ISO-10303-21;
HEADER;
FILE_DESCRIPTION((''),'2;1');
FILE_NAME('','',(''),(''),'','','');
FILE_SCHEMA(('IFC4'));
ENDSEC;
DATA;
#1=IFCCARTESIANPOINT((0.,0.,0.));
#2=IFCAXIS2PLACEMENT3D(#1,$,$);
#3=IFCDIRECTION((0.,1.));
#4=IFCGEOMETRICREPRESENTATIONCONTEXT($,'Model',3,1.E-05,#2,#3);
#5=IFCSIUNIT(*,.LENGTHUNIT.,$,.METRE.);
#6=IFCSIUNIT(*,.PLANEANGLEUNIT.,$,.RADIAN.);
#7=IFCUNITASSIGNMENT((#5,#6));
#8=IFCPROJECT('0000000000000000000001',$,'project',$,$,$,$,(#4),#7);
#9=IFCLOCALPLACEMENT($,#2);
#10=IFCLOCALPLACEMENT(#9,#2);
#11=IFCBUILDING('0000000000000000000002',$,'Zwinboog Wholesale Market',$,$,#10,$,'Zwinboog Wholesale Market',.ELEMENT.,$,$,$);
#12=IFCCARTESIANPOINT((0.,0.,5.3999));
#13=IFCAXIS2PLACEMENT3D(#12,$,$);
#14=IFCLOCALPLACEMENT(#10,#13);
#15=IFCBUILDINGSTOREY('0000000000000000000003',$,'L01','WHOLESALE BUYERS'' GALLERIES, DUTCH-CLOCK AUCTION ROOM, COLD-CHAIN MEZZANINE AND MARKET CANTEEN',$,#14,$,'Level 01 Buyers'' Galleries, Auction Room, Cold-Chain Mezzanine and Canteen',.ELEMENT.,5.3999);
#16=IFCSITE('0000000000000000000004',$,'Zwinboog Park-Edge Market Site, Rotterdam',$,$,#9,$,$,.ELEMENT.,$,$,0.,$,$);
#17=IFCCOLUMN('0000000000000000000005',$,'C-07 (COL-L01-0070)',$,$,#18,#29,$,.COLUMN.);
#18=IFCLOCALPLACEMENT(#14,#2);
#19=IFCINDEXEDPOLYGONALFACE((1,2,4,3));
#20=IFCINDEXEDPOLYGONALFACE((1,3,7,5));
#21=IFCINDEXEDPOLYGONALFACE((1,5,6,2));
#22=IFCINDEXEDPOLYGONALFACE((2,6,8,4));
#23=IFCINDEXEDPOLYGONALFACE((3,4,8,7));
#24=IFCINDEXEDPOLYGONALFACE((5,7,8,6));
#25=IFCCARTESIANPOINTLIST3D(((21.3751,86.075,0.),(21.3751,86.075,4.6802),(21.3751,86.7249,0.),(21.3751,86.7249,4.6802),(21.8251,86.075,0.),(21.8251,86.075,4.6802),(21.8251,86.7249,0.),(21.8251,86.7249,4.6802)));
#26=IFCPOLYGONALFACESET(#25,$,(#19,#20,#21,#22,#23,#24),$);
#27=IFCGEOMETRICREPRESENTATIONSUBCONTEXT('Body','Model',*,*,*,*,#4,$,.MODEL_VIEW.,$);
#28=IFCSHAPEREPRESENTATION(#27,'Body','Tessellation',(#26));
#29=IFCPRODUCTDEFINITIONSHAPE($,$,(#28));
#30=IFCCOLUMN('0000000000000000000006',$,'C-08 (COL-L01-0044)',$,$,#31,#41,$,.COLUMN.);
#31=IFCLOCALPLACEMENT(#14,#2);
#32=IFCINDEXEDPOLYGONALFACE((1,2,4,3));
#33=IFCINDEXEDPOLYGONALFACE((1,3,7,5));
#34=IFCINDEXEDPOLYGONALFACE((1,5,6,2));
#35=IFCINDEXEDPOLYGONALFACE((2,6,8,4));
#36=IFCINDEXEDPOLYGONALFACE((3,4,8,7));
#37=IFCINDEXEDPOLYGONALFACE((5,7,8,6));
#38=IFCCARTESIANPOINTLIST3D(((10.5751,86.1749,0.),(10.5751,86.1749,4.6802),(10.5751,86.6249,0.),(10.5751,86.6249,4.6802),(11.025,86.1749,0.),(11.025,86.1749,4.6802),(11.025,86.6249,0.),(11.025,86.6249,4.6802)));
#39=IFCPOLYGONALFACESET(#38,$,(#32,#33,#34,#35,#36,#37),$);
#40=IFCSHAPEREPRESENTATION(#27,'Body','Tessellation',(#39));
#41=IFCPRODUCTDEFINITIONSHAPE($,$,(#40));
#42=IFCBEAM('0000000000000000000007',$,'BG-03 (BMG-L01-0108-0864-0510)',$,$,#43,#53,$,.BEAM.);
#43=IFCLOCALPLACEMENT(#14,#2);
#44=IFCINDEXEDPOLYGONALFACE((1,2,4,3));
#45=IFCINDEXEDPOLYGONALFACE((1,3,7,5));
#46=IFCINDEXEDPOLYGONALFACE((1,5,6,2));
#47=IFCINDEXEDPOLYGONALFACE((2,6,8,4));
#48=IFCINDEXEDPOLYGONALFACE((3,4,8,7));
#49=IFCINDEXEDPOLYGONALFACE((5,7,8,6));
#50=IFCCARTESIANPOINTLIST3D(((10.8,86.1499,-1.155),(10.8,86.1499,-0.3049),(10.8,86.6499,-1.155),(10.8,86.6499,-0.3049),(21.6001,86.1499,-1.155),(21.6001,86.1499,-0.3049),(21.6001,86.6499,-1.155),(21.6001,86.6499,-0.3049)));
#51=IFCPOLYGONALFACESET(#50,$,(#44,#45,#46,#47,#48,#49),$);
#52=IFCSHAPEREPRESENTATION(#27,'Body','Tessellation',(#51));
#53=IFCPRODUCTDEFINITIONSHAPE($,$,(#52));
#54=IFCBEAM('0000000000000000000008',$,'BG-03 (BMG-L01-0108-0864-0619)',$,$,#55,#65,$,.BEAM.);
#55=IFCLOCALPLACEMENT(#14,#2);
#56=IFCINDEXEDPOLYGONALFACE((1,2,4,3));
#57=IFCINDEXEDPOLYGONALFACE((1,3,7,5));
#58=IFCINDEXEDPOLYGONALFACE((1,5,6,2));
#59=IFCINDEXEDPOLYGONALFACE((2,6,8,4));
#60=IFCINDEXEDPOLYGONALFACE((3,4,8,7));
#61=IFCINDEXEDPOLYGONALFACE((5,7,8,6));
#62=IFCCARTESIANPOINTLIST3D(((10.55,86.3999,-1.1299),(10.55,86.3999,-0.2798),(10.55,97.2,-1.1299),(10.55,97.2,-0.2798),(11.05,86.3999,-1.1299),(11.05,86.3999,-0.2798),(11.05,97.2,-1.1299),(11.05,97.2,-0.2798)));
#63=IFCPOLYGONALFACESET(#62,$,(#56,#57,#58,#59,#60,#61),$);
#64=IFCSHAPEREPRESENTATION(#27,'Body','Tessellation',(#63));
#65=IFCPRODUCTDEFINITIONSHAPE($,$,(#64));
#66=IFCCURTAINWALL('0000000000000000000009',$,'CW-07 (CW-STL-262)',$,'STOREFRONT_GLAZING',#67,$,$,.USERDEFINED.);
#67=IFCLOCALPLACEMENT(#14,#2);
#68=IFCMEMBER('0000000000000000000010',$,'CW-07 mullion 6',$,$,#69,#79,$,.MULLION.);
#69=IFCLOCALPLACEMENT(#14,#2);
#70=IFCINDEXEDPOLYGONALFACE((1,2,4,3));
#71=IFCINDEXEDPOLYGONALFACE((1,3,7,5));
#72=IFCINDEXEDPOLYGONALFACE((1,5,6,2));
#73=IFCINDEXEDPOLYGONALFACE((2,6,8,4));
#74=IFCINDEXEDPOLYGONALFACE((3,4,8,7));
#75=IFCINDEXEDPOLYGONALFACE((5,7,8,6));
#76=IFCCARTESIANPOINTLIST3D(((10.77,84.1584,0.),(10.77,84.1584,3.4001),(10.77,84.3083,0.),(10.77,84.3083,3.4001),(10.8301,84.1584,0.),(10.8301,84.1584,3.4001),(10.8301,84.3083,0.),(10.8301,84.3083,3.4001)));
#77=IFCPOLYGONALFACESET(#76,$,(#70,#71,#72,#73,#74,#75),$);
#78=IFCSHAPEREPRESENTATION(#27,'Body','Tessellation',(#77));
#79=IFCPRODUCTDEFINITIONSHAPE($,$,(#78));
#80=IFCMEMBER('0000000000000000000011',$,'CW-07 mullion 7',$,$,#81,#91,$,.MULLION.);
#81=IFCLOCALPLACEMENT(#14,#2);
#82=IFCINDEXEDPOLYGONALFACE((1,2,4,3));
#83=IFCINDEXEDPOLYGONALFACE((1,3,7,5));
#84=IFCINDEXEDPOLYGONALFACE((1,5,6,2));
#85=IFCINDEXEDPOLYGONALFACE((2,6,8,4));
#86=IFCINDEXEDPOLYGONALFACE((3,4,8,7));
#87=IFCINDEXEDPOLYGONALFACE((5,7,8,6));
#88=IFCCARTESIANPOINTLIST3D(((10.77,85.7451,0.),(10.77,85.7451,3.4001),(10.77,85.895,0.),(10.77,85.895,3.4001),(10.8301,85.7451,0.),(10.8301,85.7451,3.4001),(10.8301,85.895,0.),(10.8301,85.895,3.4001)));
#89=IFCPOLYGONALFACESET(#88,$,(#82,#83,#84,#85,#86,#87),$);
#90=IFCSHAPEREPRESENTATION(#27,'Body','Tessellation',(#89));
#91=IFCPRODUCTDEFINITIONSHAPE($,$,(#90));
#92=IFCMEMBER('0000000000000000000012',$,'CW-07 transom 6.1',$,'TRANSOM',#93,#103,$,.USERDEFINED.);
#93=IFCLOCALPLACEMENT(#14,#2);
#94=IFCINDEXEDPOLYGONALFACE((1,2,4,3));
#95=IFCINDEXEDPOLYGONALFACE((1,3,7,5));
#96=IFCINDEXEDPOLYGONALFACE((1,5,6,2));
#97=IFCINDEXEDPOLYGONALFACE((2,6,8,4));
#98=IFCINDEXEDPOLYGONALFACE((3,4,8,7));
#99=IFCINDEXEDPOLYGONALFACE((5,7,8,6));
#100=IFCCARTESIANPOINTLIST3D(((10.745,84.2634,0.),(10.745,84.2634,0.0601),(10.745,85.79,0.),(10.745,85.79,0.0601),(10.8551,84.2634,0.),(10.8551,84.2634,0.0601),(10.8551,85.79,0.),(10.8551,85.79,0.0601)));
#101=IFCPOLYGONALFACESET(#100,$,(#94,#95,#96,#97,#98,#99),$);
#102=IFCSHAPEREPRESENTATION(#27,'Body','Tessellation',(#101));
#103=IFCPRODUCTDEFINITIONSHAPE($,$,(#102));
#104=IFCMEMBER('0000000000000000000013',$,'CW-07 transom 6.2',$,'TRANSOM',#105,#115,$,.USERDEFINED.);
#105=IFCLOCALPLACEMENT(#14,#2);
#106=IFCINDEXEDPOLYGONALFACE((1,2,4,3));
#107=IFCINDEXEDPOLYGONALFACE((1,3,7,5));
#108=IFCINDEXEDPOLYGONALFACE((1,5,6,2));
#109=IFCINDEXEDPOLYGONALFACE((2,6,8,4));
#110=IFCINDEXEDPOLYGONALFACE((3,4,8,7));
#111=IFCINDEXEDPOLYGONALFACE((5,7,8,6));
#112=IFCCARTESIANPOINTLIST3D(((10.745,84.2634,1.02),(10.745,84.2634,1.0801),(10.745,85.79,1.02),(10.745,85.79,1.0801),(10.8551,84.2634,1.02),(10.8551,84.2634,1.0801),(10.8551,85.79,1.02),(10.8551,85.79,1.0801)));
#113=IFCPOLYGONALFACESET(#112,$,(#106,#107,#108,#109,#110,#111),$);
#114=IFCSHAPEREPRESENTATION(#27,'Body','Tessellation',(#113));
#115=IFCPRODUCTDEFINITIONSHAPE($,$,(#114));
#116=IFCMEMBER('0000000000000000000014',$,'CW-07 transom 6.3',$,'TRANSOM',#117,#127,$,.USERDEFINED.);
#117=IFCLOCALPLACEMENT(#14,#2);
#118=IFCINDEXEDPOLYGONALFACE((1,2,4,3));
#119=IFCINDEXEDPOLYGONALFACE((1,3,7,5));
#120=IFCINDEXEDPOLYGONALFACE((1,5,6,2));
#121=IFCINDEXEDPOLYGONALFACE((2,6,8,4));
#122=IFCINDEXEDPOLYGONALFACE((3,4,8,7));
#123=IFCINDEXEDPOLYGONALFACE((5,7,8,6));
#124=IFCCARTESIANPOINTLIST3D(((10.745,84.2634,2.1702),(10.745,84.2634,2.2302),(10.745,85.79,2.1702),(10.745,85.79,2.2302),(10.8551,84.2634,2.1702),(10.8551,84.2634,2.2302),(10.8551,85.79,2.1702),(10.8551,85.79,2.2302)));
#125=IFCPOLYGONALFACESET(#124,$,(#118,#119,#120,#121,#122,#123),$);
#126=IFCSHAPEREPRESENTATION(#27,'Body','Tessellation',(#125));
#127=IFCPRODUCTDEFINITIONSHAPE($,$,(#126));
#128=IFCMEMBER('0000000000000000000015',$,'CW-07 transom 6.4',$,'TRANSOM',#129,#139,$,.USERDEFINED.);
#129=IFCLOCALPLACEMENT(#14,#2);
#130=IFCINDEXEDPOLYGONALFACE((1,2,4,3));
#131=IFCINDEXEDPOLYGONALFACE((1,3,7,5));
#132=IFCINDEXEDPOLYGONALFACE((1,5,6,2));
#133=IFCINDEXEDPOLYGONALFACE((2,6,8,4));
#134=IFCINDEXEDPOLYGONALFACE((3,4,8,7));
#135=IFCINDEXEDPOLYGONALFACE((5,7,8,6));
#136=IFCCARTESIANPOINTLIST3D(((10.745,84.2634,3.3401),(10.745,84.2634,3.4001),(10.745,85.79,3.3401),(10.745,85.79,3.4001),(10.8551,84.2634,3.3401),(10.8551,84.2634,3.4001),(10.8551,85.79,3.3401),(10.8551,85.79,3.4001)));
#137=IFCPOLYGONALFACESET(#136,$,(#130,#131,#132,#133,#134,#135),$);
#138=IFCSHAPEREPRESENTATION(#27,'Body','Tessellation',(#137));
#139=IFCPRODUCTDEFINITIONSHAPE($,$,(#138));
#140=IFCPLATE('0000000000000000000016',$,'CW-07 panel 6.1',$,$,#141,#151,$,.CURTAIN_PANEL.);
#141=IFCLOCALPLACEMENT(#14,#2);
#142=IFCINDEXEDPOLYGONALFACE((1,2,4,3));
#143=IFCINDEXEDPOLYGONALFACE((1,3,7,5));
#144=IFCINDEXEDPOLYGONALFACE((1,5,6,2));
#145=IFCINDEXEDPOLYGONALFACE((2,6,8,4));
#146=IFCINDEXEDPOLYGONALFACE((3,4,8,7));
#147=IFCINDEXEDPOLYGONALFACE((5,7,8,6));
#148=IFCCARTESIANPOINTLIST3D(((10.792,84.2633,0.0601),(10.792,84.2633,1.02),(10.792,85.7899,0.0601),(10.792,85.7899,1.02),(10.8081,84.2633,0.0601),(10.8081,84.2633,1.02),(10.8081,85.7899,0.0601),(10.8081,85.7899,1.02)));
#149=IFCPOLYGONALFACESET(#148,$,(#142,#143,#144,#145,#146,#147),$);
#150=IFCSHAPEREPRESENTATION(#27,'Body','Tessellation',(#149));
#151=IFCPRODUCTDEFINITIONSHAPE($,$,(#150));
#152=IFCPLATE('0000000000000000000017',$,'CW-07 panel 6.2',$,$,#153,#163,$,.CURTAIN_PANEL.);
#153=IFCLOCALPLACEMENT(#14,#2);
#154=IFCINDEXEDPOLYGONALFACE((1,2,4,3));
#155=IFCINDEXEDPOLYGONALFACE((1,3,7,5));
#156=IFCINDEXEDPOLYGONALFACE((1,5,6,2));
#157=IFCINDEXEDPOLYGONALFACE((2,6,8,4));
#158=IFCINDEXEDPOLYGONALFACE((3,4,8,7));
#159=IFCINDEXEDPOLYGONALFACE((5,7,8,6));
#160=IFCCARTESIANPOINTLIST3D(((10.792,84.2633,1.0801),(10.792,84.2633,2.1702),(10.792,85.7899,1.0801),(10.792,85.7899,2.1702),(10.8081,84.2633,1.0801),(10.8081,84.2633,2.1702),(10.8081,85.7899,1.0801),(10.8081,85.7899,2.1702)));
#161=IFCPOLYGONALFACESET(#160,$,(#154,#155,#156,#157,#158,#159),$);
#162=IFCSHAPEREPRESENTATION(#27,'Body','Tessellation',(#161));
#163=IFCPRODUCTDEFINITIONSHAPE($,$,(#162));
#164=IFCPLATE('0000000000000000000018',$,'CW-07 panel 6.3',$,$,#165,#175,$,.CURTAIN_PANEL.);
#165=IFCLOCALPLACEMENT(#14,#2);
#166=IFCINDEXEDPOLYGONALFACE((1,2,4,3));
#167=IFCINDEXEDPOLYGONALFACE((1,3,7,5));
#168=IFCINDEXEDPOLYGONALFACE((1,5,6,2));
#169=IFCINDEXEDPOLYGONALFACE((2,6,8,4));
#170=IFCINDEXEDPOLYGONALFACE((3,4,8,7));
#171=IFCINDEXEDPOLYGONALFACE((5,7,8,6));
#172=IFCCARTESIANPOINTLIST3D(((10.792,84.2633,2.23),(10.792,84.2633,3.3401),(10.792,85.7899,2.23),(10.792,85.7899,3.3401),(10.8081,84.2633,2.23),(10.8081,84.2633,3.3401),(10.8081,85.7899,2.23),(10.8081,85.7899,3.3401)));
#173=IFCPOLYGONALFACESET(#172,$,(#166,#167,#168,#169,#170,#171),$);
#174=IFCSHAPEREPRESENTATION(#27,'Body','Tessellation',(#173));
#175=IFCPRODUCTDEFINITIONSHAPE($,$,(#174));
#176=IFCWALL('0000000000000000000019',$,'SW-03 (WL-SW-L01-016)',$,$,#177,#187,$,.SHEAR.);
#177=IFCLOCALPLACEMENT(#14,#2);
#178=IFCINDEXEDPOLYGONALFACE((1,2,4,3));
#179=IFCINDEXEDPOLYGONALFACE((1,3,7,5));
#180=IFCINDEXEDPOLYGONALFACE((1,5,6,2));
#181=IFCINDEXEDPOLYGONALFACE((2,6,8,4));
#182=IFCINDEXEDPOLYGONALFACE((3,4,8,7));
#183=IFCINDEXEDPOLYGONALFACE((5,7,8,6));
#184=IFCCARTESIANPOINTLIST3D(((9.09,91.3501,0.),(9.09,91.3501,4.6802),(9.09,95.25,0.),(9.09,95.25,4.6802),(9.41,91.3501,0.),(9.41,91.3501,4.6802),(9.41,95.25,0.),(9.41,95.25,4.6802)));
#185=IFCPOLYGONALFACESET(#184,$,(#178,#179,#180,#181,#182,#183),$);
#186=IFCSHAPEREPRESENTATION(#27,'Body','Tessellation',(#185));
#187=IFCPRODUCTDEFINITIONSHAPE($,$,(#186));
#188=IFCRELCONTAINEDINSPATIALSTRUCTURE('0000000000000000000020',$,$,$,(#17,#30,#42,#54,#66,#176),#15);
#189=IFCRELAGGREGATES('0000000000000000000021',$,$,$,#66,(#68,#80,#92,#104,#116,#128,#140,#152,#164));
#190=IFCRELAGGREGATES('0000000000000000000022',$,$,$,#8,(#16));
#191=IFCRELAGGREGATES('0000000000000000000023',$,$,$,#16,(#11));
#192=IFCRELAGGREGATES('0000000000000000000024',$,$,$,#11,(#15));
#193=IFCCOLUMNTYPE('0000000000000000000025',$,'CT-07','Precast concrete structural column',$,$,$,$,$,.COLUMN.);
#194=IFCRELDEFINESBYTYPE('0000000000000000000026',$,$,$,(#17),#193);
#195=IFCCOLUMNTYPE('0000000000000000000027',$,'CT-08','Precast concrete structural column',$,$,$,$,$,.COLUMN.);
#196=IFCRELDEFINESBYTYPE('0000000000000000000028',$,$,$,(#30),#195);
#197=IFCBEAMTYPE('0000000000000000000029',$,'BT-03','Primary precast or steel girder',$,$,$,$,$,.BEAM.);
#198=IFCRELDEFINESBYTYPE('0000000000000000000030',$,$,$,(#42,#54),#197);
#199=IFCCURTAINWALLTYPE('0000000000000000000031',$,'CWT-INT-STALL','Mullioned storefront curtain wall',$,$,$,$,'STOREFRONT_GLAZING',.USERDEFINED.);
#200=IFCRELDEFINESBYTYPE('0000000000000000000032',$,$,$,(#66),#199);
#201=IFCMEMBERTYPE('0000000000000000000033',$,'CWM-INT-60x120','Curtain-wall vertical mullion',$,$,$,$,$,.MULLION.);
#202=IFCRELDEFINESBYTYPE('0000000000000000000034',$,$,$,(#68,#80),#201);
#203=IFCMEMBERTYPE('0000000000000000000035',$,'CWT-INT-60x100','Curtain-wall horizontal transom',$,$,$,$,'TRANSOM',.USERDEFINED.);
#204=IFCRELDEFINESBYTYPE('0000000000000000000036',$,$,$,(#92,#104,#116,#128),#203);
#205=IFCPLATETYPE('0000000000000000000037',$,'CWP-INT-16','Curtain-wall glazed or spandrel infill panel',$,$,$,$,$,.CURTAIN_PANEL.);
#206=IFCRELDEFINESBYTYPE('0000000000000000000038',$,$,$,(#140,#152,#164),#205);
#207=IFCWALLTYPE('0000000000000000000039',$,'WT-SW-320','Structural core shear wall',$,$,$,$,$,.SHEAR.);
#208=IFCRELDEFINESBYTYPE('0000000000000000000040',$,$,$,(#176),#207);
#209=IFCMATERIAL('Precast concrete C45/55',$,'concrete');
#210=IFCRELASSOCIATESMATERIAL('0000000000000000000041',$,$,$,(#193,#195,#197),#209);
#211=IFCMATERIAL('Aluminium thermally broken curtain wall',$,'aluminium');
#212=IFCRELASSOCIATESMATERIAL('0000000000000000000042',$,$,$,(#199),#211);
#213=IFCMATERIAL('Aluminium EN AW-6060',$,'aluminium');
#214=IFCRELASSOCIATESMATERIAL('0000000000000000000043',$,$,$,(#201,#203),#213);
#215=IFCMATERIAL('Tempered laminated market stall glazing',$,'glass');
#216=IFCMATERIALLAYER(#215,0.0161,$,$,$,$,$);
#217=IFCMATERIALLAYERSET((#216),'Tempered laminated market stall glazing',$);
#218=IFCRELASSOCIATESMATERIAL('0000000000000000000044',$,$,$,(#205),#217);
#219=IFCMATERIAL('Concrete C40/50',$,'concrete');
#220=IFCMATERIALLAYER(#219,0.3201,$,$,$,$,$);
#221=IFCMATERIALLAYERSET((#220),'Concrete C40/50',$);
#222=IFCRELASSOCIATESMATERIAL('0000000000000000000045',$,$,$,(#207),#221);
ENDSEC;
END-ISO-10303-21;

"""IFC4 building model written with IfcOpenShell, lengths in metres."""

from ifc_helpers import new_model, si_unit, direction, frame, frame_2d, origin, origin_2d, place, context, subcontext, project, spatial, rectangle, extrude, material, layer, layer_set, material_profile, profile_set, type_object, element, aggregate, save


model = new_model("IFC4")

# Units and contexts
model_context = context("Model", 3, precision=1e-05, world=origin(), true_north=direction((0.0, 1.0)))
body_context = subcontext(model_context, "Body", "Model", "MODEL_VIEW")
ifc_project = project(units=[si_unit("LENGTHUNIT", "METRE"), si_unit("PLANEANGLEUNIT", "RADIAN")], contexts=[model_context])

# Site, building, storey
site_placement = place(None, origin())
site = spatial("IfcSite", under=ifc_project, at=site_placement, Name="Zwinboog Park-Edge Market Site, Rotterdam", CompositionType="ELEMENT", RefElevation=0.0)
building_placement = place(site_placement, origin())
building = spatial("IfcBuilding", under=site, at=building_placement, Name="Zwinboog Wholesale Market", LongName="Zwinboog Wholesale Market", CompositionType="ELEMENT")
storey_placement = place(building_placement, frame((0.0, 0.0, 5.3999)))
storey = spatial("IfcBuildingStorey", under=building, at=storey_placement, Name="L01", Description="WHOLESALE BUYERS' GALLERIES, DUTCH-CLOCK AUCTION ROOM, COLD-CHAIN MEZZANINE AND MARKET CANTEEN", LongName="Level 01 Buyers' Galleries, Auction Room, Cold-Chain Mezzanine and Canteen", CompositionType="ELEMENT", Elevation=5.3999)

# Columns
ifc_material_1 = material(Name="Precast concrete C45/55", Category="concrete")
ifc_material_profile_1 = material_profile(ifc_material_1, rectangle(XDim=0.45, YDim=0.6499, at=origin_2d()), Name="PC 450x650")
ifc_profile_set_1 = profile_set([ifc_material_profile_1], Name="Precast concrete C45/55")
column_type_1 = type_object("IfcColumnType", Name="CT-07", Description="Precast concrete structural column", PredefinedType="COLUMN", material=ifc_profile_set_1)
column_1_placement = place(storey_placement, frame((21.6001, 86.3999, 0.0), z_axis=(0.0, 0.0, 1.0), x_axis=(1.0, 0.0, 0.0)))
element("IfcColumn", 1, at=column_1_placement, inside=storey, type_object=column_type_1, Name="C-07 (COL-L01-0070)", PredefinedType="COLUMN", context=body_context, shape_type="SweptSolid", body=[
    extrude(rectangle(XDim=0.45, YDim=0.6499, at=origin_2d()), origin(), (0.0, 0.0, 1.0), 4.6802),
])
ifc_material_profile_2 = material_profile(ifc_material_1, rectangle(XDim=0.45, YDim=0.45, at=origin_2d()), Name="PC 450x450")
ifc_profile_set_2 = profile_set([ifc_material_profile_2], Name="Precast concrete C45/55")
column_type_2 = type_object("IfcColumnType", Name="CT-08", Description="Precast concrete structural column", PredefinedType="COLUMN", material=ifc_profile_set_2)
column_2_placement = place(storey_placement, frame((10.8, 86.3999, 0.0), z_axis=(0.0, 0.0, 1.0), x_axis=(1.0, 0.0, 0.0)))
element("IfcColumn", 2, at=column_2_placement, inside=storey, type_object=column_type_2, Name="C-08 (COL-L01-0044)", PredefinedType="COLUMN", context=body_context, shape_type="SweptSolid", body=[
    extrude(rectangle(XDim=0.45, YDim=0.45, at=origin_2d()), origin(), (0.0, 0.0, 1.0), 4.6802),
])

# Beams
ifc_material_profile_3 = material_profile(ifc_material_1, rectangle(XDim=0.5, YDim=0.8501, at=origin_2d()), Name="PC 500x850")
ifc_profile_set_3 = profile_set([ifc_material_profile_3], Name="Precast concrete C45/55")
beam_type = type_object("IfcBeamType", Name="BT-03", Description="Primary precast or steel girder", PredefinedType="BEAM", material=ifc_profile_set_3)
for number, where, z_axis, x_axis, name in (
    (3, (10.8, 86.3999, -0.73), (1.0, 0.0, 0.0), (0.0, 1.0, 0.0), "BG-03 (BMG-L01-0108-0864-0510)"),
    (4, (10.8, 86.3999, -0.7048), (0.0, 1.0, 0.0), (-1.0, 0.0, 0.0), "BG-03 (BMG-L01-0108-0864-0619)"),
):
    element("IfcBeam", number, at=place(storey_placement, frame(where, z_axis=z_axis, x_axis=x_axis)), inside=storey, type_object=beam_type, Name=name, PredefinedType="BEAM", context=body_context, shape_type="SweptSolid", body=[
        extrude(rectangle(XDim=0.5, YDim=0.8501, at=origin_2d()), origin(), (0.0, 0.0, 1.0), 10.8),
    ])

# Curtain wall, members, plates
ifc_material_2 = material(Name="Aluminium thermally broken curtain wall", Category="aluminium")
curtain_wall_type = type_object("IfcCurtainWallType", Name="CWT-INT-STALL", Description="Mullioned storefront curtain wall", ElementType="STOREFRONT_GLAZING", PredefinedType="USERDEFINED", material=ifc_material_2)
curtain_wall_placement = place(storey_placement, origin())
curtain_wall = element("IfcCurtainWall", 5, at=curtain_wall_placement, inside=storey, type_object=curtain_wall_type, Name="CW-07 (CW-STL-262)", ObjectType="STOREFRONT_GLAZING", PredefinedType="USERDEFINED")
ifc_material_3 = material(Name="Aluminium EN AW-6060", Category="aluminium")
ifc_material_profile_4 = material_profile(ifc_material_3, rectangle(XDim=0.0601, YDim=0.1499, at=origin_2d()), Name="AL 60x150")
ifc_profile_set_4 = profile_set([ifc_material_profile_4], Name="Aluminium EN AW-6060")
member_type_1 = type_object("IfcMemberType", Name="CWM-INT-60x120", Description="Curtain-wall vertical mullion", PredefinedType="MULLION", material=ifc_profile_set_4)
member_1_placement = place(storey_placement, frame((10.8, 84.2334, 0.0), z_axis=(0.0, 0.0, 1.0), x_axis=(-1.0, 0.0, 0.0)))
member_1 = element("IfcMember", 6, at=member_1_placement, type_object=member_type_1, Name="CW-07 mullion 6", PredefinedType="MULLION", context=body_context, shape_type="SweptSolid", body=[
    extrude(rectangle(XDim=0.0601, YDim=0.1499, at=origin_2d()), origin(), (0.0, 0.0, 1.0), 3.4001),
])
member_2_placement = place(storey_placement, frame((10.8, 85.8201, 0.0), z_axis=(0.0, 0.0, 1.0), x_axis=(-1.0, 0.0, 0.0)))
member_2 = element("IfcMember", 7, at=member_2_placement, type_object=member_type_1, Name="CW-07 mullion 7", PredefinedType="MULLION", context=body_context, shape_type="SweptSolid", body=[
    extrude(rectangle(XDim=0.0601, YDim=0.1499, at=origin_2d()), origin(), (0.0, 0.0, 1.0), 3.4001),
])
ifc_material_profile_5 = material_profile(ifc_material_3, rectangle(XDim=0.1101, YDim=0.0601, at=origin_2d()), Name="AL 60x110")
ifc_profile_set_5 = profile_set([ifc_material_profile_5], Name="Aluminium EN AW-6060")
member_type_2 = type_object("IfcMemberType", Name="CWT-INT-60x100", Description="Curtain-wall horizontal transom", ElementType="TRANSOM", PredefinedType="USERDEFINED", material=ifc_profile_set_5)
member_3_placement = place(storey_placement, frame((10.8, 84.2634, 0.03), z_axis=(0.0, 1.0, 0.0), x_axis=(-1.0, 0.0, 0.0)))
member_3 = element("IfcMember", 8, at=member_3_placement, type_object=member_type_2, Name="CW-07 transom 6.1", ObjectType="TRANSOM", PredefinedType="USERDEFINED", context=body_context, shape_type="SweptSolid", body=[
    extrude(rectangle(XDim=0.1101, YDim=0.0601, at=origin_2d()), origin(), (0.0, 0.0, 1.0), 1.5266),
])
member_4_placement = place(storey_placement, frame((10.8, 84.2634, 1.05), z_axis=(0.0, 1.0, 0.0), x_axis=(-1.0, 0.0, 0.0)))
member_4 = element("IfcMember", 9, at=member_4_placement, type_object=member_type_2, Name="CW-07 transom 6.2", ObjectType="TRANSOM", PredefinedType="USERDEFINED", context=body_context, shape_type="SweptSolid", body=[
    extrude(rectangle(XDim=0.1101, YDim=0.0601, at=origin_2d()), origin(), (0.0, 0.0, 1.0), 1.5266),
])
member_5_placement = place(storey_placement, frame((10.8, 84.2634, 2.2002), z_axis=(0.0, 1.0, 0.0), x_axis=(-1.0, 0.0, 0.0)))
member_5 = element("IfcMember", 10, at=member_5_placement, type_object=member_type_2, Name="CW-07 transom 6.3", ObjectType="TRANSOM", PredefinedType="USERDEFINED", context=body_context, shape_type="SweptSolid", body=[
    extrude(rectangle(XDim=0.1101, YDim=0.0601, at=origin_2d()), origin(), (0.0, 0.0, 1.0), 1.5266),
])
member_6_placement = place(storey_placement, frame((10.8, 84.2634, 3.3701), z_axis=(0.0, 1.0, 0.0), x_axis=(-1.0, 0.0, 0.0)))
member_6 = element("IfcMember", 11, at=member_6_placement, type_object=member_type_2, Name="CW-07 transom 6.4", ObjectType="TRANSOM", PredefinedType="USERDEFINED", context=body_context, shape_type="SweptSolid", body=[
    extrude(rectangle(XDim=0.1101, YDim=0.0601, at=origin_2d()), origin(), (0.0, 0.0, 1.0), 1.5266),
])
ifc_material_4 = material(Name="Tempered laminated market stall glazing", Category="glass")
ifc_layer_1 = layer(ifc_material_4, 0.0161)
ifc_layer_set_1 = layer_set([ifc_layer_1], Name="Tempered laminated market stall glazing")
plate_type = type_object("IfcPlateType", Name="CWP-INT-16", Description="Curtain-wall glazed or spandrel infill panel", PredefinedType="CURTAIN_PANEL", material=ifc_layer_set_1)
plate_1_placement = place(storey_placement, frame((10.8, 85.0266, 0.0601), z_axis=(0.0, 0.0, 1.0), x_axis=(0.0, 1.0, 0.0)))
plate_1 = element("IfcPlate", 12, at=plate_1_placement, type_object=plate_type, Name="CW-07 panel 6.1", PredefinedType="CURTAIN_PANEL", context=body_context, shape_type="SweptSolid", body=[
    extrude(rectangle(XDim=1.5266, YDim=0.0161, at=origin_2d()), origin(), (0.0, 0.0, 1.0), 0.96),
])
plate_2_placement = place(storey_placement, frame((10.8, 85.0266, 1.0801), z_axis=(0.0, 0.0, 1.0), x_axis=(0.0, 1.0, 0.0)))
plate_2 = element("IfcPlate", 13, at=plate_2_placement, type_object=plate_type, Name="CW-07 panel 6.2", PredefinedType="CURTAIN_PANEL", context=body_context, shape_type="SweptSolid", body=[
    extrude(rectangle(XDim=1.5266, YDim=0.0161, at=origin_2d()), origin(), (0.0, 0.0, 1.0), 1.0901),
])
plate_3_placement = place(storey_placement, frame((10.8, 85.0266, 2.23), z_axis=(0.0, 0.0, 1.0), x_axis=(0.0, 1.0, 0.0)))
plate_3 = element("IfcPlate", 14, at=plate_3_placement, type_object=plate_type, Name="CW-07 panel 6.3", PredefinedType="CURTAIN_PANEL", context=body_context, shape_type="SweptSolid", body=[
    extrude(rectangle(XDim=1.5266, YDim=0.0161, at=origin_2d()), origin(), (0.0, 0.0, 1.0), 1.1101),
])
aggregate(curtain_wall, [member_1, member_2, member_3, member_4, member_5, member_6, plate_1, plate_2, plate_3])

# Wall
ifc_material_5 = material(Name="Concrete C40/50", Category="concrete")
ifc_layer_2 = layer(ifc_material_5, 0.3201)
ifc_layer_set_2 = layer_set([ifc_layer_2], Name="Concrete C40/50")
wall_type_1 = type_object("IfcWallType", Name="WT-SW-320", Description="Structural core shear wall", PredefinedType="SHEAR", material=ifc_layer_set_2)
wall_1_placement = place(storey_placement, frame((9.25, 91.3501, 0.0), z_axis=(0.0, 0.0, 1.0), x_axis=(0.0, 1.0, 0.0)))
element("IfcWall", 15, at=wall_1_placement, inside=storey, type_object=wall_type_1, Name="SW-03 (WL-SW-L01-016)", PredefinedType="SHEAR", context=body_context, shape_type="SweptSolid", body=[
    extrude(rectangle(XDim=3.8999, YDim=0.3201, at=frame_2d((1.95, 0.0))), origin(), (0.0, 0.0, 1.0), 4.6802),
])

save(model, "model.ifc")
